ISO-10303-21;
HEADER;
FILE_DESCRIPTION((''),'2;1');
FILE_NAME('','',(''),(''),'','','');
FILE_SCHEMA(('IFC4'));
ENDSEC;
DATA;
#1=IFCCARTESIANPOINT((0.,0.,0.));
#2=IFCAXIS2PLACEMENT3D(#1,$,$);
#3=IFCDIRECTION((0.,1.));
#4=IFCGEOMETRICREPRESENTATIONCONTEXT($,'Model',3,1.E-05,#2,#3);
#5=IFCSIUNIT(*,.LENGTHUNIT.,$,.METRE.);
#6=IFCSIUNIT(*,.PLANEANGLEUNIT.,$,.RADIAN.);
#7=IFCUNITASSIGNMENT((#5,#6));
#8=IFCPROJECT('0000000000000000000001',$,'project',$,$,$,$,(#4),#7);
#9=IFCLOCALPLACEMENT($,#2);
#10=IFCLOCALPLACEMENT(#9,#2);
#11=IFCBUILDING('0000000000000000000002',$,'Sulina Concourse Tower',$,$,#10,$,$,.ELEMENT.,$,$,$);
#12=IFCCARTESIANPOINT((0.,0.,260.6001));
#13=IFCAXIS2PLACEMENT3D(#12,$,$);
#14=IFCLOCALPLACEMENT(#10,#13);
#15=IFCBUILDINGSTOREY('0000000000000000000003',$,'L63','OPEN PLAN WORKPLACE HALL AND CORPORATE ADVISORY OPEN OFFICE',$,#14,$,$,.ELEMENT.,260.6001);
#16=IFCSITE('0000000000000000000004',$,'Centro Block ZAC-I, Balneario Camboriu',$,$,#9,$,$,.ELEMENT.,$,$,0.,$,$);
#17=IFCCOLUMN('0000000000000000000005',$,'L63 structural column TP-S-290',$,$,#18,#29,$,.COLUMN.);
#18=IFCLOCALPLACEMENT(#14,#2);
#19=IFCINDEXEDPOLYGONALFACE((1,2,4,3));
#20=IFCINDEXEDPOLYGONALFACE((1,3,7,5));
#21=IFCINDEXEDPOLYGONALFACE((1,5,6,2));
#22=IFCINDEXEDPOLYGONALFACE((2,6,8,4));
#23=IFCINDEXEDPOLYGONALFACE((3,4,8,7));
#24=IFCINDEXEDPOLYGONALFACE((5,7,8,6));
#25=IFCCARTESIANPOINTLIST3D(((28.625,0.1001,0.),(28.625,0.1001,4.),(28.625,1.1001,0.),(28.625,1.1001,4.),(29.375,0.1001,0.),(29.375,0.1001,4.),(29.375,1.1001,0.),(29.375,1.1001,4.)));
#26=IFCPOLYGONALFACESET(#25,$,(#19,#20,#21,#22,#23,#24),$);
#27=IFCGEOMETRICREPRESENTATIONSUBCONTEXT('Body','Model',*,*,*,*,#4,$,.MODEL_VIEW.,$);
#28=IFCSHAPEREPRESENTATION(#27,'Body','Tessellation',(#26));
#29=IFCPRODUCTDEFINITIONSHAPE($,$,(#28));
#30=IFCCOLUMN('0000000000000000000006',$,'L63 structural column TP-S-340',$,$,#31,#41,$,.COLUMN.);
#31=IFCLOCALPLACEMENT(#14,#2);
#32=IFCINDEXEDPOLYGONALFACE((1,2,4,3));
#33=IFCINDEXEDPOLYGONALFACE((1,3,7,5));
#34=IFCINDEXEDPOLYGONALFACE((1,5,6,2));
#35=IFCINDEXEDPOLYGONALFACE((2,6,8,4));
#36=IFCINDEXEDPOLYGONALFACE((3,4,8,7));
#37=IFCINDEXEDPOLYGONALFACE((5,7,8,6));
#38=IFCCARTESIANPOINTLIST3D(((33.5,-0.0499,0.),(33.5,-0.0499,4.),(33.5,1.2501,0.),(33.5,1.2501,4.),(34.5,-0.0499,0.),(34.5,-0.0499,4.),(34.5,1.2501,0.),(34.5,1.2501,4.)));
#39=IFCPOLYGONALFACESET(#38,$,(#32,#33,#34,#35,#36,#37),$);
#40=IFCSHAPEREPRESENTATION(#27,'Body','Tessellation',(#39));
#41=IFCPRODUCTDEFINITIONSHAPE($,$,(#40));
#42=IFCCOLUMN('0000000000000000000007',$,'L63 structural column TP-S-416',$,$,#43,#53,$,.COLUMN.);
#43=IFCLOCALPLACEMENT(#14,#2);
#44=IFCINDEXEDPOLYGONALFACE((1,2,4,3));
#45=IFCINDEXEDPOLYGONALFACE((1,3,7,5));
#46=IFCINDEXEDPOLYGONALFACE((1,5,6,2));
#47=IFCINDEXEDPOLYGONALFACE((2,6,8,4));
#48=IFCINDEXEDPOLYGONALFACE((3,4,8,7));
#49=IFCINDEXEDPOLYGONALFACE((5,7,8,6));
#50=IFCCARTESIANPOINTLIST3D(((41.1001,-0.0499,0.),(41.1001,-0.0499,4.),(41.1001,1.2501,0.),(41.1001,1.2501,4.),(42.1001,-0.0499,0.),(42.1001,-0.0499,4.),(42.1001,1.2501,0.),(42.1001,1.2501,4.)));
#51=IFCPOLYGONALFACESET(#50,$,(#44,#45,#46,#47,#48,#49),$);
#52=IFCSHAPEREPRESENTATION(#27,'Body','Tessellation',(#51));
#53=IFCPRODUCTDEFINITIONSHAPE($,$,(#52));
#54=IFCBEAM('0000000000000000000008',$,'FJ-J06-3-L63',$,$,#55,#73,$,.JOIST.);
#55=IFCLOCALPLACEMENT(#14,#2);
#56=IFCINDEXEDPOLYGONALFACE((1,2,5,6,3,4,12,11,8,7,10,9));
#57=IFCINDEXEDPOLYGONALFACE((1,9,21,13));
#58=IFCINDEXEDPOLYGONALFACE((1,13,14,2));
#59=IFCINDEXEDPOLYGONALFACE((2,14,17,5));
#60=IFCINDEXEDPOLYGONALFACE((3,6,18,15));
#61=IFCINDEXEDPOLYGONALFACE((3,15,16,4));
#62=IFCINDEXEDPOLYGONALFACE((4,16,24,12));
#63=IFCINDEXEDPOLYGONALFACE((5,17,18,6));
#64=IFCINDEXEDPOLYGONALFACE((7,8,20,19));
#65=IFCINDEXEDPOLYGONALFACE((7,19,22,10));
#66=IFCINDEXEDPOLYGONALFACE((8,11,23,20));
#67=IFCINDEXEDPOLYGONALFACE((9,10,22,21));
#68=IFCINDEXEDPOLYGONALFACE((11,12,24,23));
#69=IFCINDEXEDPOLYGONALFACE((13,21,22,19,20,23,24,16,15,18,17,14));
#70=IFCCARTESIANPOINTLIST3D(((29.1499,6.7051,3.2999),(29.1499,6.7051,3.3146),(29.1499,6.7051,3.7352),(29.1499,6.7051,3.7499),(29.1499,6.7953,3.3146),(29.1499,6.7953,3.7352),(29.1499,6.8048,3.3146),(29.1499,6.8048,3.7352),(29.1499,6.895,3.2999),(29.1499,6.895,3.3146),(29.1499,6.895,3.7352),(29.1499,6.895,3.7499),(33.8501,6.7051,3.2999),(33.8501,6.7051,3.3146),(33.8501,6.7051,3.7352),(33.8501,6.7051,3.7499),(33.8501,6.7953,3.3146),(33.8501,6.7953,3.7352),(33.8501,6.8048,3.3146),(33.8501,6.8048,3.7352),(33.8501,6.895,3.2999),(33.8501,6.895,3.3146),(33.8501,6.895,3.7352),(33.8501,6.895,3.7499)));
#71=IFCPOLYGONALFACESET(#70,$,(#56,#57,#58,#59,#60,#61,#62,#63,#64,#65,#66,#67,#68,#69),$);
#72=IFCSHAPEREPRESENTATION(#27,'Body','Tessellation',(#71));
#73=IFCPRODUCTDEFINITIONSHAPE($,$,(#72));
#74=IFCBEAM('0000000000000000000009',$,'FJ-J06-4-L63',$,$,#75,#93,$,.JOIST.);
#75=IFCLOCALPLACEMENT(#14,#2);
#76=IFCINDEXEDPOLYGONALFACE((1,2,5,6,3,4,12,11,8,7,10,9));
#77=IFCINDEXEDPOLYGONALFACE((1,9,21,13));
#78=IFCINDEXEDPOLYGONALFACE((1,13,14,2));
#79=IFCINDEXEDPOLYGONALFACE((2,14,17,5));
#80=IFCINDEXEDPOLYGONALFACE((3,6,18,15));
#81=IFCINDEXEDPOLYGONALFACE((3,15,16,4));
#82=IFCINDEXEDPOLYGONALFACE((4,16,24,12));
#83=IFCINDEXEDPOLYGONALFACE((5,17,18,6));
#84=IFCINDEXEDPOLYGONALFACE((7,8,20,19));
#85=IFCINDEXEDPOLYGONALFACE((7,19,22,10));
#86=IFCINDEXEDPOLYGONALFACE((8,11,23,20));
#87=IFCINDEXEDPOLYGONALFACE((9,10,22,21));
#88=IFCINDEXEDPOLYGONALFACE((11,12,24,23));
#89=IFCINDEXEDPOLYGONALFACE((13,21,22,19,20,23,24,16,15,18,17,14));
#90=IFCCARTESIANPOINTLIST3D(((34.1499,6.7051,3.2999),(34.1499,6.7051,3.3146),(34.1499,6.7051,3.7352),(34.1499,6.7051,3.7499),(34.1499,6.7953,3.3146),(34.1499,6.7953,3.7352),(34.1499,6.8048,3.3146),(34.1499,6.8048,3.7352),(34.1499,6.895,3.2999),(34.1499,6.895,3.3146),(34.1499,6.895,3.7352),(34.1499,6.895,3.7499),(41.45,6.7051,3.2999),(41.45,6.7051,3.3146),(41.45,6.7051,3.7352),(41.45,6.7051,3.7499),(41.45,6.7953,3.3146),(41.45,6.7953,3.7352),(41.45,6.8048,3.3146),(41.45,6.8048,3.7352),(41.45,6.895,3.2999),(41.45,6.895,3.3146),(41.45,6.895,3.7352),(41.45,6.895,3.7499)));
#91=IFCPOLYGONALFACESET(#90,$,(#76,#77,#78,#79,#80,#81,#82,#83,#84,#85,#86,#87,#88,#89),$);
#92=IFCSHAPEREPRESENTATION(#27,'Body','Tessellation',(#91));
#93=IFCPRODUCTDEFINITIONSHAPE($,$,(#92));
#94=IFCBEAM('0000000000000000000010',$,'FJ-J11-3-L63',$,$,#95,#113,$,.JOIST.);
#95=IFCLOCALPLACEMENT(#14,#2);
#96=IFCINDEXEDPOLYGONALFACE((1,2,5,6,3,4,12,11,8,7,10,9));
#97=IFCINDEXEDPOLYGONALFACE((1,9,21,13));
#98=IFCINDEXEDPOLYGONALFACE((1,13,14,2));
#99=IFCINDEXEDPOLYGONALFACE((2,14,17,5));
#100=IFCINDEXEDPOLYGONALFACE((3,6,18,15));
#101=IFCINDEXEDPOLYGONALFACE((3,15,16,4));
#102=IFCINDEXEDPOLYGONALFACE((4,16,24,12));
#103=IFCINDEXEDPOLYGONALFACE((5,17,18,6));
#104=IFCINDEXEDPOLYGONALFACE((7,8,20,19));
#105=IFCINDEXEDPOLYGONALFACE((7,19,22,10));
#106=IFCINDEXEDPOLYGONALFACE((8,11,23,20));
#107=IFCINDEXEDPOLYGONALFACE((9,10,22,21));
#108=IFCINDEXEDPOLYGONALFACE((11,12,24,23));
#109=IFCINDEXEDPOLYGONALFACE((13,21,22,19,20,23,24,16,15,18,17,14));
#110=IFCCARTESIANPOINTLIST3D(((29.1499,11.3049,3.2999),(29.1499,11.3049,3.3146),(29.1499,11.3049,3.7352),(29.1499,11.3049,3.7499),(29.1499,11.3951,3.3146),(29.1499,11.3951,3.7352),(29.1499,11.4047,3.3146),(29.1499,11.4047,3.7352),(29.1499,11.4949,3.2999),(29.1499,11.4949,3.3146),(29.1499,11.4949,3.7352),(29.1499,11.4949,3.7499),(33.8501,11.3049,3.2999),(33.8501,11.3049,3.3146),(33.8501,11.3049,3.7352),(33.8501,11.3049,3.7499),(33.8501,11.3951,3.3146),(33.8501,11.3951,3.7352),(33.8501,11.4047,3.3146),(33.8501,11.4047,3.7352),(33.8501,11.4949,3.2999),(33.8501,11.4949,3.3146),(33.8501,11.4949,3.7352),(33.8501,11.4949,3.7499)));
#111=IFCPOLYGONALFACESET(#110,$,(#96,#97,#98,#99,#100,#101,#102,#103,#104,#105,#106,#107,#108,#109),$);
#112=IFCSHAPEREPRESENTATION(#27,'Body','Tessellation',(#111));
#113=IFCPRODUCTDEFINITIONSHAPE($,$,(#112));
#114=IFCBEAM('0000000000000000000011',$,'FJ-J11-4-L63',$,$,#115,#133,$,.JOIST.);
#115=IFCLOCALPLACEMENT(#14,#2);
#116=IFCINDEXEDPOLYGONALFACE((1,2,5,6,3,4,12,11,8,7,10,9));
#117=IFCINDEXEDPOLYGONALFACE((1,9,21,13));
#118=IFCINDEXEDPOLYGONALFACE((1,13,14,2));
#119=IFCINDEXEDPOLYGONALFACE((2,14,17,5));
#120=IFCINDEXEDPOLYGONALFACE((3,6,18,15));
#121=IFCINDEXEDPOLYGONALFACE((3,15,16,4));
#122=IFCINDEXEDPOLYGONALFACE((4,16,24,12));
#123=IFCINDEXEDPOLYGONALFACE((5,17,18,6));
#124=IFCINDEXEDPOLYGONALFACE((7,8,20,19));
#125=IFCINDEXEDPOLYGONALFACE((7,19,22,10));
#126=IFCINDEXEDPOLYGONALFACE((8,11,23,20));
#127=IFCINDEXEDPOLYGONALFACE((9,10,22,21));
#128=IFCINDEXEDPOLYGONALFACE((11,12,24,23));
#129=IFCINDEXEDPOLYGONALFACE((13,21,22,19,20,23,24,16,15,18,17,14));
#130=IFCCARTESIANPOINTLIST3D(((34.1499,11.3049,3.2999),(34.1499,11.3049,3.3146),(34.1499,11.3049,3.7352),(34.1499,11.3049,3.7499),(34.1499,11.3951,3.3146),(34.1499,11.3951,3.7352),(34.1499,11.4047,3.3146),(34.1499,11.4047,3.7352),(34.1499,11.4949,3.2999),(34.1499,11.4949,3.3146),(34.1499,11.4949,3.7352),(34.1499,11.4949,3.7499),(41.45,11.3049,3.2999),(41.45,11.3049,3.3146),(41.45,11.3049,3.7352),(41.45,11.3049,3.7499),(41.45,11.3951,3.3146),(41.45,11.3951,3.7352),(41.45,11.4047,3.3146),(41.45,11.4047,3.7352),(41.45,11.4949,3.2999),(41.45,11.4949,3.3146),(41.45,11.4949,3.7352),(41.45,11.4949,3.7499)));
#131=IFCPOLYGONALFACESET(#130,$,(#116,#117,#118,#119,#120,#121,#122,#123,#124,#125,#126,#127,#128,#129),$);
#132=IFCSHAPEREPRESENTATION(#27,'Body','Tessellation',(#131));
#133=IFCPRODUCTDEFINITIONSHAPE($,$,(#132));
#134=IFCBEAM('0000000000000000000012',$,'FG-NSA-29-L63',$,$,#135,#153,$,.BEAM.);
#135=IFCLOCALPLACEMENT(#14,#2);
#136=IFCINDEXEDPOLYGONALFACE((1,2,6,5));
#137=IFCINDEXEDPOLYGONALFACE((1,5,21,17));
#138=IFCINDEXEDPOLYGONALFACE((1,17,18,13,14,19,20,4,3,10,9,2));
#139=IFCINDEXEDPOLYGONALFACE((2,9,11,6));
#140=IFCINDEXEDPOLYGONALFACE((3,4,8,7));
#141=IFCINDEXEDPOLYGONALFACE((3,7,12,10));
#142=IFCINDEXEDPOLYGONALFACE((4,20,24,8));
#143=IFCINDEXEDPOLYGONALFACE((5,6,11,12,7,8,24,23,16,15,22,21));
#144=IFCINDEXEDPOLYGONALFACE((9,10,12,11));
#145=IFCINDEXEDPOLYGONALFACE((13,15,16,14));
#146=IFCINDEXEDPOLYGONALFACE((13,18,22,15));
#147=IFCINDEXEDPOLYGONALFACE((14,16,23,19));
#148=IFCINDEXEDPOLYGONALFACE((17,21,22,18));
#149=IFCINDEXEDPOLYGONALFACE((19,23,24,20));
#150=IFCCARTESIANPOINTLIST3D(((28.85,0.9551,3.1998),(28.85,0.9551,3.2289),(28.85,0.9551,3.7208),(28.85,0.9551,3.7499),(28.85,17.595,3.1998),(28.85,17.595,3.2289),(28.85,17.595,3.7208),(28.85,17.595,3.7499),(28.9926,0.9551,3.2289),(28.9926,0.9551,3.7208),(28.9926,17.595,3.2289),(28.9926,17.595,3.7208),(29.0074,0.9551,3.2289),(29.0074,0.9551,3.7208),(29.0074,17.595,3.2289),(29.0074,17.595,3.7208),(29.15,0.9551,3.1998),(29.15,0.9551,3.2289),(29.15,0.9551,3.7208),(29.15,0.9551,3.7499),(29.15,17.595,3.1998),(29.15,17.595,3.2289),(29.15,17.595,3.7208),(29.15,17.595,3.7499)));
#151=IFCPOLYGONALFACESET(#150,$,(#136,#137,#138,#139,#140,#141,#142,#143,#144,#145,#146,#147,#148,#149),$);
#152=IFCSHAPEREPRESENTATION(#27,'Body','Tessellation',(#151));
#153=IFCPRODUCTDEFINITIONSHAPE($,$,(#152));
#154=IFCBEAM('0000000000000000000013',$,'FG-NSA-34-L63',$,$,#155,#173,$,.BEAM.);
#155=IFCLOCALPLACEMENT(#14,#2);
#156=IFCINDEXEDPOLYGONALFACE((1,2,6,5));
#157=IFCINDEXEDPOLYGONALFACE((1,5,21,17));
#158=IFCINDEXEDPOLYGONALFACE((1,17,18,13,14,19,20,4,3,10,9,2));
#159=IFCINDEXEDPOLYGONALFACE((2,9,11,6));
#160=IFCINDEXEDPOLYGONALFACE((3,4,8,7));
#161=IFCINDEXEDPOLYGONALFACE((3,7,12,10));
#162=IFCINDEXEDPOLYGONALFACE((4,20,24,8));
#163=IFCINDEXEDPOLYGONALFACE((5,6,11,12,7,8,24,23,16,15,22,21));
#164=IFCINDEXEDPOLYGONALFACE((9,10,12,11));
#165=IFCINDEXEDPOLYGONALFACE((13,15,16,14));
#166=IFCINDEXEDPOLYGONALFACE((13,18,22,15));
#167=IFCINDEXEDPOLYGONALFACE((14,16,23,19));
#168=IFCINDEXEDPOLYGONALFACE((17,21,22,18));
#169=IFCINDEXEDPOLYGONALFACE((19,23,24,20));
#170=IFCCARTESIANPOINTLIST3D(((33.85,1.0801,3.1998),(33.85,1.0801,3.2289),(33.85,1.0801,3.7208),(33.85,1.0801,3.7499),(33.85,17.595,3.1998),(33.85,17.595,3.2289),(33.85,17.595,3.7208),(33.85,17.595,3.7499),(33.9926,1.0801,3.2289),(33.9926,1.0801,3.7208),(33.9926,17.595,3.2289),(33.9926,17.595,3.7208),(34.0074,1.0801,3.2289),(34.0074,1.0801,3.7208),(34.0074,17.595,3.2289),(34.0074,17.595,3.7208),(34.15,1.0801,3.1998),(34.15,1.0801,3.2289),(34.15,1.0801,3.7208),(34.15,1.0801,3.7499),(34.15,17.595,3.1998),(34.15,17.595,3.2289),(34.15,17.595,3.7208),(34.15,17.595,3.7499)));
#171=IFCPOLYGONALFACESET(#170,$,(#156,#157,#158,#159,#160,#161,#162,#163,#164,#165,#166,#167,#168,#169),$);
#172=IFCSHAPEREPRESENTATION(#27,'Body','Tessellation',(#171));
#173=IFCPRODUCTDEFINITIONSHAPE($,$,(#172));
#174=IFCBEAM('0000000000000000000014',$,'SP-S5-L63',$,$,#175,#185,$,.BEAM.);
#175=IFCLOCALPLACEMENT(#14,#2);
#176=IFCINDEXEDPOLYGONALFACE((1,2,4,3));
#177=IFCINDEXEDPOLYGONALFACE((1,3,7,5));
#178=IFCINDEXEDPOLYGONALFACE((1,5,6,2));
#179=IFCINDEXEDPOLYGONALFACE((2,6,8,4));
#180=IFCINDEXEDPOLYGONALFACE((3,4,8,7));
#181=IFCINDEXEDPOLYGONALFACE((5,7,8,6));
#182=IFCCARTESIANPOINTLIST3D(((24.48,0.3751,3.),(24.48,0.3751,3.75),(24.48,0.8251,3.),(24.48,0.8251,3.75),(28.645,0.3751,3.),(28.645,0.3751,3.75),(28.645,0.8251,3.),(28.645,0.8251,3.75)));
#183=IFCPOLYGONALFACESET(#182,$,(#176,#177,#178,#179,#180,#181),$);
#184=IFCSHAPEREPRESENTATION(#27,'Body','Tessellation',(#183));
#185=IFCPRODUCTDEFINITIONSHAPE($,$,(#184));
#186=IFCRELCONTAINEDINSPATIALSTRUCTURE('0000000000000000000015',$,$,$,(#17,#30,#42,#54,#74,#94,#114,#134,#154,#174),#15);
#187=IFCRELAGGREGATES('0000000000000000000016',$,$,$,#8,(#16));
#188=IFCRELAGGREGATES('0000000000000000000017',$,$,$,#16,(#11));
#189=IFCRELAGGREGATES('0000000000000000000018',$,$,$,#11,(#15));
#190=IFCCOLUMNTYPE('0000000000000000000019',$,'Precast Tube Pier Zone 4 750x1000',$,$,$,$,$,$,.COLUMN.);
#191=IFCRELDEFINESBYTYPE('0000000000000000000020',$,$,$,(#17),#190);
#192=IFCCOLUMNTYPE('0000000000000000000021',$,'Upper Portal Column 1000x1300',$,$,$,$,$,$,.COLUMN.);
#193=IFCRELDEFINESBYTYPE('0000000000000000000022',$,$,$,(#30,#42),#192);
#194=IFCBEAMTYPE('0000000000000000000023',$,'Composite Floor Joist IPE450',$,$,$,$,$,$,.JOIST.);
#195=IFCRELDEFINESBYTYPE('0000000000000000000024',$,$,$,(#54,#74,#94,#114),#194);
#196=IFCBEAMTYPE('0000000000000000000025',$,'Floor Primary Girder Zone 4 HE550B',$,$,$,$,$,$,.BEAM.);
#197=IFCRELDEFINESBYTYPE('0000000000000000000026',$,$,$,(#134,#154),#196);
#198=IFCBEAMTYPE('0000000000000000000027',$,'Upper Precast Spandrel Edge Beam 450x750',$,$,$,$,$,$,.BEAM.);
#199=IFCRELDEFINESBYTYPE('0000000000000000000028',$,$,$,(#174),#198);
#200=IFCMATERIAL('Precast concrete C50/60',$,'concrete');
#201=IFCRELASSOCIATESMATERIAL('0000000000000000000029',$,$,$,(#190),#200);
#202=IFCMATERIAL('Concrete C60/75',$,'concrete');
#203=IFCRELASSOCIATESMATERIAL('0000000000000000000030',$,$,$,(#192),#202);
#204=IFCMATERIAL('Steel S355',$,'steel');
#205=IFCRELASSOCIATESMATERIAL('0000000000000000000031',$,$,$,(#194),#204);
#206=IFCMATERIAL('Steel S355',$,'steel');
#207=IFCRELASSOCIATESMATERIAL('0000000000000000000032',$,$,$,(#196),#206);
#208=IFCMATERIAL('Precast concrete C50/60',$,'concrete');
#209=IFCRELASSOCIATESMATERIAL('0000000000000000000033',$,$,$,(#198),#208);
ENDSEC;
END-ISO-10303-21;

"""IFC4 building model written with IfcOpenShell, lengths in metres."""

from ifc_helpers import new_model, si_unit, direction, frame, origin, origin_2d, place, context, subcontext, project, spatial, rectangle, i_section, extrude, material, material_profile, profile_set, type_object, element, save


model = new_model("IFC4")

# Units and contexts
model_context = context("Model", 3, precision=1e-05, world=origin(), true_north=direction((0.0, 1.0)))
body_context = subcontext(model_context, "Body", "Model", "MODEL_VIEW")
ifc_project = project(units=[si_unit("LENGTHUNIT", "METRE"), si_unit("PLANEANGLEUNIT", "RADIAN")], contexts=[model_context])

# Site, building, storey
site_placement = place(None, origin())
site = spatial("IfcSite", under=ifc_project, at=site_placement, Name="Centro Block ZAC-I, Balneario Camboriu", CompositionType="ELEMENT", RefElevation=0.0)
building_placement = place(site_placement, origin())
building = spatial("IfcBuilding", under=site, at=building_placement, Name="Sulina Concourse Tower", CompositionType="ELEMENT")
storey_placement = place(building_placement, frame((0.0, 0.0, 260.6001)))
storey = spatial("IfcBuildingStorey", under=building, at=storey_placement, Name="L63", Description="OPEN PLAN WORKPLACE HALL AND CORPORATE ADVISORY OPEN OFFICE", CompositionType="ELEMENT", Elevation=260.6001)

# Columns
ifc_material_1 = material(Name="Precast concrete C50/60", Category="concrete")
ifc_material_profile_1 = material_profile(ifc_material_1, rectangle(XDim=0.75, YDim=1.0, at=origin_2d()), Name="PC 750x1000")
ifc_profile_set_1 = profile_set([ifc_material_profile_1], Name="Precast concrete C50/60")
column_type_1 = type_object("IfcColumnType", Name="Precast Tube Pier Zone 4 750x1000", PredefinedType="COLUMN", material=ifc_profile_set_1)
column_placement = place(storey_placement, frame((29.0, 0.6001, 0.0), z_axis=(0.0, 0.0, 1.0), x_axis=(1.0, 0.0, 0.0)))
element("IfcColumn", 1, at=column_placement, inside=storey, type_object=column_type_1, Name="L63 structural column TP-S-290", PredefinedType="COLUMN", context=body_context, shape_type="SweptSolid", body=[
    extrude(rectangle(XDim=0.75, YDim=1.0, at=origin_2d()), origin(), (0.0, 0.0, 1.0), 4.0),
])
ifc_material_2 = material(Name="Concrete C60/75", Category="concrete")
ifc_material_profile_2 = material_profile(ifc_material_2, rectangle(XDim=1.0, YDim=1.3, at=origin_2d()), Name="RC 1000x1300")
ifc_profile_set_2 = profile_set([ifc_material_profile_2], Name="Concrete C60/75")
column_type_2 = type_object("IfcColumnType", Name="Upper Portal Column 1000x1300", PredefinedType="COLUMN", material=ifc_profile_set_2)
for number, where, z_axis, x_axis, name in (
    (2, (34.0, 0.6001, 0.0), (0.0, 0.0, 1.0), (1.0, 0.0, 0.0), "L63 structural column TP-S-340"),
    (3, (41.6001, 0.6001, 0.0), (0.0, 0.0, 1.0), (1.0, 0.0, 0.0), "L63 structural column TP-S-416"),
):
    element("IfcColumn", number, at=place(storey_placement, frame(where, z_axis=z_axis, x_axis=x_axis)), inside=storey, type_object=column_type_2, Name=name, PredefinedType="COLUMN", context=body_context, shape_type="SweptSolid", body=[
        extrude(rectangle(XDim=1.0, YDim=1.3, at=origin_2d()), origin(), (0.0, 0.0, 1.0), 4.0),
    ])

# Beams
ifc_material_3 = material(Name="Steel S355", Category="steel")
ifc_material_profile_3 = material_profile(ifc_material_3, i_section(OverallWidth=0.1899, OverallDepth=0.45, WebThickness=0.0095, FlangeThickness=0.0146, at=origin_2d()), Name="IPE 450")
ifc_profile_set_3 = profile_set([ifc_material_profile_3], Name="Steel S355")
beam_type_1 = type_object("IfcBeamType", Name="Composite Floor Joist IPE450", PredefinedType="JOIST", material=ifc_profile_set_3)
beam_1_placement = place(storey_placement, frame((29.1499, 6.8, 3.5249), z_axis=(1.0, 0.0, 0.0), x_axis=(0.0, 1.0, 0.0)))
element("IfcBeam", 4, at=beam_1_placement, inside=storey, type_object=beam_type_1, Name="FJ-J06-3-L63", PredefinedType="JOIST", context=body_context, shape_type="SweptSolid", body=[
    extrude(i_section(OverallWidth=0.1899, OverallDepth=0.45, WebThickness=0.0095, FlangeThickness=0.0146, at=origin_2d()), origin(), (0.0, 0.0, 1.0), 4.7002),
])
beam_2_placement = place(storey_placement, frame((34.1499, 6.8, 3.5249), z_axis=(1.0, 0.0, 0.0), x_axis=(0.0, 1.0, 0.0)))
element("IfcBeam", 5, at=beam_2_placement, inside=storey, type_object=beam_type_1, Name="FJ-J06-4-L63", PredefinedType="JOIST", context=body_context, shape_type="SweptSolid", body=[
    extrude(i_section(OverallWidth=0.1899, OverallDepth=0.45, WebThickness=0.0095, FlangeThickness=0.0146, at=origin_2d()), origin(), (0.0, 0.0, 1.0), 7.3),
])
beam_3_placement = place(storey_placement, frame((29.1499, 11.3999, 3.5249), z_axis=(1.0, 0.0, 0.0), x_axis=(0.0, 1.0, 0.0)))
element("IfcBeam", 6, at=beam_3_placement, inside=storey, type_object=beam_type_1, Name="FJ-J11-3-L63", PredefinedType="JOIST", context=body_context, shape_type="SweptSolid", body=[
    extrude(i_section(OverallWidth=0.1899, OverallDepth=0.45, WebThickness=0.0095, FlangeThickness=0.0146, at=origin_2d()), origin(), (0.0, 0.0, 1.0), 4.7002),
])
beam_4_placement = place(storey_placement, frame((34.1499, 11.3999, 3.5249), z_axis=(1.0, 0.0, 0.0), x_axis=(0.0, 1.0, 0.0)))
element("IfcBeam", 7, at=beam_4_placement, inside=storey, type_object=beam_type_1, Name="FJ-J11-4-L63", PredefinedType="JOIST", context=body_context, shape_type="SweptSolid", body=[
    extrude(i_section(OverallWidth=0.1899, OverallDepth=0.45, WebThickness=0.0095, FlangeThickness=0.0146, at=origin_2d()), origin(), (0.0, 0.0, 1.0), 7.3),
])
ifc_material_4 = material(Name="Steel S355", Category="steel")
ifc_material_profile_4 = material_profile(ifc_material_4, i_section(OverallWidth=0.3, OverallDepth=0.55, WebThickness=0.0149, FlangeThickness=0.0291, at=origin_2d()), Name="HE 550 B")
ifc_profile_set_4 = profile_set([ifc_material_profile_4], Name="Steel S355")
beam_type_2 = type_object("IfcBeamType", Name="Floor Primary Girder Zone 4 HE550B", PredefinedType="BEAM", material=ifc_profile_set_4)
beam_5_placement = place(storey_placement, frame((29.0, 0.9551, 3.4749), z_axis=(0.0, 1.0, 0.0), x_axis=(-1.0, 0.0, 0.0)))
element("IfcBeam", 8, at=beam_5_placement, inside=storey, type_object=beam_type_2, Name="FG-NSA-29-L63", PredefinedType="BEAM", context=body_context, shape_type="SweptSolid", body=[
    extrude(i_section(OverallWidth=0.3, OverallDepth=0.55, WebThickness=0.0149, FlangeThickness=0.0291, at=origin_2d()), origin(), (0.0, 0.0, 1.0), 16.6399),
])
beam_6_placement = place(storey_placement, frame((34.0, 1.0801, 3.4749), z_axis=(0.0, 1.0, 0.0), x_axis=(-1.0, 0.0, 0.0)))
element("IfcBeam", 9, at=beam_6_placement, inside=storey, type_object=beam_type_2, Name="FG-NSA-34-L63", PredefinedType="BEAM", context=body_context, shape_type="SweptSolid", body=[
    extrude(i_section(OverallWidth=0.3, OverallDepth=0.55, WebThickness=0.0149, FlangeThickness=0.0291, at=origin_2d()), origin(), (0.0, 0.0, 1.0), 16.5149),
])
ifc_material_5 = material(Name="Precast concrete C50/60", Category="concrete")
ifc_material_profile_5 = material_profile(ifc_material_5, rectangle(XDim=0.45, YDim=0.75, at=origin_2d()), Name="RC 450x750")
ifc_profile_set_5 = profile_set([ifc_material_profile_5], Name="Precast concrete C50/60")
beam_type_3 = type_object("IfcBeamType", Name="Upper Precast Spandrel Edge Beam 450x750", PredefinedType="BEAM", material=ifc_profile_set_5)
for number, where, z_axis, x_axis, name in (
    (10, (24.48, 0.6001, 3.375), (1.0, 0.0, 0.0), (0.0, 1.0, 0.0), "SP-S5-L63"),
):
    element("IfcBeam", number, at=place(storey_placement, frame(where, z_axis=z_axis, x_axis=x_axis)), inside=storey, type_object=beam_type_3, Name=name, PredefinedType="BEAM", context=body_context, shape_type="SweptSolid", body=[
        extrude(rectangle(XDim=0.45, YDim=0.75, at=origin_2d()), origin(), (0.0, 0.0, 1.0), 4.165),
    ])

save(model, "model.ifc")
